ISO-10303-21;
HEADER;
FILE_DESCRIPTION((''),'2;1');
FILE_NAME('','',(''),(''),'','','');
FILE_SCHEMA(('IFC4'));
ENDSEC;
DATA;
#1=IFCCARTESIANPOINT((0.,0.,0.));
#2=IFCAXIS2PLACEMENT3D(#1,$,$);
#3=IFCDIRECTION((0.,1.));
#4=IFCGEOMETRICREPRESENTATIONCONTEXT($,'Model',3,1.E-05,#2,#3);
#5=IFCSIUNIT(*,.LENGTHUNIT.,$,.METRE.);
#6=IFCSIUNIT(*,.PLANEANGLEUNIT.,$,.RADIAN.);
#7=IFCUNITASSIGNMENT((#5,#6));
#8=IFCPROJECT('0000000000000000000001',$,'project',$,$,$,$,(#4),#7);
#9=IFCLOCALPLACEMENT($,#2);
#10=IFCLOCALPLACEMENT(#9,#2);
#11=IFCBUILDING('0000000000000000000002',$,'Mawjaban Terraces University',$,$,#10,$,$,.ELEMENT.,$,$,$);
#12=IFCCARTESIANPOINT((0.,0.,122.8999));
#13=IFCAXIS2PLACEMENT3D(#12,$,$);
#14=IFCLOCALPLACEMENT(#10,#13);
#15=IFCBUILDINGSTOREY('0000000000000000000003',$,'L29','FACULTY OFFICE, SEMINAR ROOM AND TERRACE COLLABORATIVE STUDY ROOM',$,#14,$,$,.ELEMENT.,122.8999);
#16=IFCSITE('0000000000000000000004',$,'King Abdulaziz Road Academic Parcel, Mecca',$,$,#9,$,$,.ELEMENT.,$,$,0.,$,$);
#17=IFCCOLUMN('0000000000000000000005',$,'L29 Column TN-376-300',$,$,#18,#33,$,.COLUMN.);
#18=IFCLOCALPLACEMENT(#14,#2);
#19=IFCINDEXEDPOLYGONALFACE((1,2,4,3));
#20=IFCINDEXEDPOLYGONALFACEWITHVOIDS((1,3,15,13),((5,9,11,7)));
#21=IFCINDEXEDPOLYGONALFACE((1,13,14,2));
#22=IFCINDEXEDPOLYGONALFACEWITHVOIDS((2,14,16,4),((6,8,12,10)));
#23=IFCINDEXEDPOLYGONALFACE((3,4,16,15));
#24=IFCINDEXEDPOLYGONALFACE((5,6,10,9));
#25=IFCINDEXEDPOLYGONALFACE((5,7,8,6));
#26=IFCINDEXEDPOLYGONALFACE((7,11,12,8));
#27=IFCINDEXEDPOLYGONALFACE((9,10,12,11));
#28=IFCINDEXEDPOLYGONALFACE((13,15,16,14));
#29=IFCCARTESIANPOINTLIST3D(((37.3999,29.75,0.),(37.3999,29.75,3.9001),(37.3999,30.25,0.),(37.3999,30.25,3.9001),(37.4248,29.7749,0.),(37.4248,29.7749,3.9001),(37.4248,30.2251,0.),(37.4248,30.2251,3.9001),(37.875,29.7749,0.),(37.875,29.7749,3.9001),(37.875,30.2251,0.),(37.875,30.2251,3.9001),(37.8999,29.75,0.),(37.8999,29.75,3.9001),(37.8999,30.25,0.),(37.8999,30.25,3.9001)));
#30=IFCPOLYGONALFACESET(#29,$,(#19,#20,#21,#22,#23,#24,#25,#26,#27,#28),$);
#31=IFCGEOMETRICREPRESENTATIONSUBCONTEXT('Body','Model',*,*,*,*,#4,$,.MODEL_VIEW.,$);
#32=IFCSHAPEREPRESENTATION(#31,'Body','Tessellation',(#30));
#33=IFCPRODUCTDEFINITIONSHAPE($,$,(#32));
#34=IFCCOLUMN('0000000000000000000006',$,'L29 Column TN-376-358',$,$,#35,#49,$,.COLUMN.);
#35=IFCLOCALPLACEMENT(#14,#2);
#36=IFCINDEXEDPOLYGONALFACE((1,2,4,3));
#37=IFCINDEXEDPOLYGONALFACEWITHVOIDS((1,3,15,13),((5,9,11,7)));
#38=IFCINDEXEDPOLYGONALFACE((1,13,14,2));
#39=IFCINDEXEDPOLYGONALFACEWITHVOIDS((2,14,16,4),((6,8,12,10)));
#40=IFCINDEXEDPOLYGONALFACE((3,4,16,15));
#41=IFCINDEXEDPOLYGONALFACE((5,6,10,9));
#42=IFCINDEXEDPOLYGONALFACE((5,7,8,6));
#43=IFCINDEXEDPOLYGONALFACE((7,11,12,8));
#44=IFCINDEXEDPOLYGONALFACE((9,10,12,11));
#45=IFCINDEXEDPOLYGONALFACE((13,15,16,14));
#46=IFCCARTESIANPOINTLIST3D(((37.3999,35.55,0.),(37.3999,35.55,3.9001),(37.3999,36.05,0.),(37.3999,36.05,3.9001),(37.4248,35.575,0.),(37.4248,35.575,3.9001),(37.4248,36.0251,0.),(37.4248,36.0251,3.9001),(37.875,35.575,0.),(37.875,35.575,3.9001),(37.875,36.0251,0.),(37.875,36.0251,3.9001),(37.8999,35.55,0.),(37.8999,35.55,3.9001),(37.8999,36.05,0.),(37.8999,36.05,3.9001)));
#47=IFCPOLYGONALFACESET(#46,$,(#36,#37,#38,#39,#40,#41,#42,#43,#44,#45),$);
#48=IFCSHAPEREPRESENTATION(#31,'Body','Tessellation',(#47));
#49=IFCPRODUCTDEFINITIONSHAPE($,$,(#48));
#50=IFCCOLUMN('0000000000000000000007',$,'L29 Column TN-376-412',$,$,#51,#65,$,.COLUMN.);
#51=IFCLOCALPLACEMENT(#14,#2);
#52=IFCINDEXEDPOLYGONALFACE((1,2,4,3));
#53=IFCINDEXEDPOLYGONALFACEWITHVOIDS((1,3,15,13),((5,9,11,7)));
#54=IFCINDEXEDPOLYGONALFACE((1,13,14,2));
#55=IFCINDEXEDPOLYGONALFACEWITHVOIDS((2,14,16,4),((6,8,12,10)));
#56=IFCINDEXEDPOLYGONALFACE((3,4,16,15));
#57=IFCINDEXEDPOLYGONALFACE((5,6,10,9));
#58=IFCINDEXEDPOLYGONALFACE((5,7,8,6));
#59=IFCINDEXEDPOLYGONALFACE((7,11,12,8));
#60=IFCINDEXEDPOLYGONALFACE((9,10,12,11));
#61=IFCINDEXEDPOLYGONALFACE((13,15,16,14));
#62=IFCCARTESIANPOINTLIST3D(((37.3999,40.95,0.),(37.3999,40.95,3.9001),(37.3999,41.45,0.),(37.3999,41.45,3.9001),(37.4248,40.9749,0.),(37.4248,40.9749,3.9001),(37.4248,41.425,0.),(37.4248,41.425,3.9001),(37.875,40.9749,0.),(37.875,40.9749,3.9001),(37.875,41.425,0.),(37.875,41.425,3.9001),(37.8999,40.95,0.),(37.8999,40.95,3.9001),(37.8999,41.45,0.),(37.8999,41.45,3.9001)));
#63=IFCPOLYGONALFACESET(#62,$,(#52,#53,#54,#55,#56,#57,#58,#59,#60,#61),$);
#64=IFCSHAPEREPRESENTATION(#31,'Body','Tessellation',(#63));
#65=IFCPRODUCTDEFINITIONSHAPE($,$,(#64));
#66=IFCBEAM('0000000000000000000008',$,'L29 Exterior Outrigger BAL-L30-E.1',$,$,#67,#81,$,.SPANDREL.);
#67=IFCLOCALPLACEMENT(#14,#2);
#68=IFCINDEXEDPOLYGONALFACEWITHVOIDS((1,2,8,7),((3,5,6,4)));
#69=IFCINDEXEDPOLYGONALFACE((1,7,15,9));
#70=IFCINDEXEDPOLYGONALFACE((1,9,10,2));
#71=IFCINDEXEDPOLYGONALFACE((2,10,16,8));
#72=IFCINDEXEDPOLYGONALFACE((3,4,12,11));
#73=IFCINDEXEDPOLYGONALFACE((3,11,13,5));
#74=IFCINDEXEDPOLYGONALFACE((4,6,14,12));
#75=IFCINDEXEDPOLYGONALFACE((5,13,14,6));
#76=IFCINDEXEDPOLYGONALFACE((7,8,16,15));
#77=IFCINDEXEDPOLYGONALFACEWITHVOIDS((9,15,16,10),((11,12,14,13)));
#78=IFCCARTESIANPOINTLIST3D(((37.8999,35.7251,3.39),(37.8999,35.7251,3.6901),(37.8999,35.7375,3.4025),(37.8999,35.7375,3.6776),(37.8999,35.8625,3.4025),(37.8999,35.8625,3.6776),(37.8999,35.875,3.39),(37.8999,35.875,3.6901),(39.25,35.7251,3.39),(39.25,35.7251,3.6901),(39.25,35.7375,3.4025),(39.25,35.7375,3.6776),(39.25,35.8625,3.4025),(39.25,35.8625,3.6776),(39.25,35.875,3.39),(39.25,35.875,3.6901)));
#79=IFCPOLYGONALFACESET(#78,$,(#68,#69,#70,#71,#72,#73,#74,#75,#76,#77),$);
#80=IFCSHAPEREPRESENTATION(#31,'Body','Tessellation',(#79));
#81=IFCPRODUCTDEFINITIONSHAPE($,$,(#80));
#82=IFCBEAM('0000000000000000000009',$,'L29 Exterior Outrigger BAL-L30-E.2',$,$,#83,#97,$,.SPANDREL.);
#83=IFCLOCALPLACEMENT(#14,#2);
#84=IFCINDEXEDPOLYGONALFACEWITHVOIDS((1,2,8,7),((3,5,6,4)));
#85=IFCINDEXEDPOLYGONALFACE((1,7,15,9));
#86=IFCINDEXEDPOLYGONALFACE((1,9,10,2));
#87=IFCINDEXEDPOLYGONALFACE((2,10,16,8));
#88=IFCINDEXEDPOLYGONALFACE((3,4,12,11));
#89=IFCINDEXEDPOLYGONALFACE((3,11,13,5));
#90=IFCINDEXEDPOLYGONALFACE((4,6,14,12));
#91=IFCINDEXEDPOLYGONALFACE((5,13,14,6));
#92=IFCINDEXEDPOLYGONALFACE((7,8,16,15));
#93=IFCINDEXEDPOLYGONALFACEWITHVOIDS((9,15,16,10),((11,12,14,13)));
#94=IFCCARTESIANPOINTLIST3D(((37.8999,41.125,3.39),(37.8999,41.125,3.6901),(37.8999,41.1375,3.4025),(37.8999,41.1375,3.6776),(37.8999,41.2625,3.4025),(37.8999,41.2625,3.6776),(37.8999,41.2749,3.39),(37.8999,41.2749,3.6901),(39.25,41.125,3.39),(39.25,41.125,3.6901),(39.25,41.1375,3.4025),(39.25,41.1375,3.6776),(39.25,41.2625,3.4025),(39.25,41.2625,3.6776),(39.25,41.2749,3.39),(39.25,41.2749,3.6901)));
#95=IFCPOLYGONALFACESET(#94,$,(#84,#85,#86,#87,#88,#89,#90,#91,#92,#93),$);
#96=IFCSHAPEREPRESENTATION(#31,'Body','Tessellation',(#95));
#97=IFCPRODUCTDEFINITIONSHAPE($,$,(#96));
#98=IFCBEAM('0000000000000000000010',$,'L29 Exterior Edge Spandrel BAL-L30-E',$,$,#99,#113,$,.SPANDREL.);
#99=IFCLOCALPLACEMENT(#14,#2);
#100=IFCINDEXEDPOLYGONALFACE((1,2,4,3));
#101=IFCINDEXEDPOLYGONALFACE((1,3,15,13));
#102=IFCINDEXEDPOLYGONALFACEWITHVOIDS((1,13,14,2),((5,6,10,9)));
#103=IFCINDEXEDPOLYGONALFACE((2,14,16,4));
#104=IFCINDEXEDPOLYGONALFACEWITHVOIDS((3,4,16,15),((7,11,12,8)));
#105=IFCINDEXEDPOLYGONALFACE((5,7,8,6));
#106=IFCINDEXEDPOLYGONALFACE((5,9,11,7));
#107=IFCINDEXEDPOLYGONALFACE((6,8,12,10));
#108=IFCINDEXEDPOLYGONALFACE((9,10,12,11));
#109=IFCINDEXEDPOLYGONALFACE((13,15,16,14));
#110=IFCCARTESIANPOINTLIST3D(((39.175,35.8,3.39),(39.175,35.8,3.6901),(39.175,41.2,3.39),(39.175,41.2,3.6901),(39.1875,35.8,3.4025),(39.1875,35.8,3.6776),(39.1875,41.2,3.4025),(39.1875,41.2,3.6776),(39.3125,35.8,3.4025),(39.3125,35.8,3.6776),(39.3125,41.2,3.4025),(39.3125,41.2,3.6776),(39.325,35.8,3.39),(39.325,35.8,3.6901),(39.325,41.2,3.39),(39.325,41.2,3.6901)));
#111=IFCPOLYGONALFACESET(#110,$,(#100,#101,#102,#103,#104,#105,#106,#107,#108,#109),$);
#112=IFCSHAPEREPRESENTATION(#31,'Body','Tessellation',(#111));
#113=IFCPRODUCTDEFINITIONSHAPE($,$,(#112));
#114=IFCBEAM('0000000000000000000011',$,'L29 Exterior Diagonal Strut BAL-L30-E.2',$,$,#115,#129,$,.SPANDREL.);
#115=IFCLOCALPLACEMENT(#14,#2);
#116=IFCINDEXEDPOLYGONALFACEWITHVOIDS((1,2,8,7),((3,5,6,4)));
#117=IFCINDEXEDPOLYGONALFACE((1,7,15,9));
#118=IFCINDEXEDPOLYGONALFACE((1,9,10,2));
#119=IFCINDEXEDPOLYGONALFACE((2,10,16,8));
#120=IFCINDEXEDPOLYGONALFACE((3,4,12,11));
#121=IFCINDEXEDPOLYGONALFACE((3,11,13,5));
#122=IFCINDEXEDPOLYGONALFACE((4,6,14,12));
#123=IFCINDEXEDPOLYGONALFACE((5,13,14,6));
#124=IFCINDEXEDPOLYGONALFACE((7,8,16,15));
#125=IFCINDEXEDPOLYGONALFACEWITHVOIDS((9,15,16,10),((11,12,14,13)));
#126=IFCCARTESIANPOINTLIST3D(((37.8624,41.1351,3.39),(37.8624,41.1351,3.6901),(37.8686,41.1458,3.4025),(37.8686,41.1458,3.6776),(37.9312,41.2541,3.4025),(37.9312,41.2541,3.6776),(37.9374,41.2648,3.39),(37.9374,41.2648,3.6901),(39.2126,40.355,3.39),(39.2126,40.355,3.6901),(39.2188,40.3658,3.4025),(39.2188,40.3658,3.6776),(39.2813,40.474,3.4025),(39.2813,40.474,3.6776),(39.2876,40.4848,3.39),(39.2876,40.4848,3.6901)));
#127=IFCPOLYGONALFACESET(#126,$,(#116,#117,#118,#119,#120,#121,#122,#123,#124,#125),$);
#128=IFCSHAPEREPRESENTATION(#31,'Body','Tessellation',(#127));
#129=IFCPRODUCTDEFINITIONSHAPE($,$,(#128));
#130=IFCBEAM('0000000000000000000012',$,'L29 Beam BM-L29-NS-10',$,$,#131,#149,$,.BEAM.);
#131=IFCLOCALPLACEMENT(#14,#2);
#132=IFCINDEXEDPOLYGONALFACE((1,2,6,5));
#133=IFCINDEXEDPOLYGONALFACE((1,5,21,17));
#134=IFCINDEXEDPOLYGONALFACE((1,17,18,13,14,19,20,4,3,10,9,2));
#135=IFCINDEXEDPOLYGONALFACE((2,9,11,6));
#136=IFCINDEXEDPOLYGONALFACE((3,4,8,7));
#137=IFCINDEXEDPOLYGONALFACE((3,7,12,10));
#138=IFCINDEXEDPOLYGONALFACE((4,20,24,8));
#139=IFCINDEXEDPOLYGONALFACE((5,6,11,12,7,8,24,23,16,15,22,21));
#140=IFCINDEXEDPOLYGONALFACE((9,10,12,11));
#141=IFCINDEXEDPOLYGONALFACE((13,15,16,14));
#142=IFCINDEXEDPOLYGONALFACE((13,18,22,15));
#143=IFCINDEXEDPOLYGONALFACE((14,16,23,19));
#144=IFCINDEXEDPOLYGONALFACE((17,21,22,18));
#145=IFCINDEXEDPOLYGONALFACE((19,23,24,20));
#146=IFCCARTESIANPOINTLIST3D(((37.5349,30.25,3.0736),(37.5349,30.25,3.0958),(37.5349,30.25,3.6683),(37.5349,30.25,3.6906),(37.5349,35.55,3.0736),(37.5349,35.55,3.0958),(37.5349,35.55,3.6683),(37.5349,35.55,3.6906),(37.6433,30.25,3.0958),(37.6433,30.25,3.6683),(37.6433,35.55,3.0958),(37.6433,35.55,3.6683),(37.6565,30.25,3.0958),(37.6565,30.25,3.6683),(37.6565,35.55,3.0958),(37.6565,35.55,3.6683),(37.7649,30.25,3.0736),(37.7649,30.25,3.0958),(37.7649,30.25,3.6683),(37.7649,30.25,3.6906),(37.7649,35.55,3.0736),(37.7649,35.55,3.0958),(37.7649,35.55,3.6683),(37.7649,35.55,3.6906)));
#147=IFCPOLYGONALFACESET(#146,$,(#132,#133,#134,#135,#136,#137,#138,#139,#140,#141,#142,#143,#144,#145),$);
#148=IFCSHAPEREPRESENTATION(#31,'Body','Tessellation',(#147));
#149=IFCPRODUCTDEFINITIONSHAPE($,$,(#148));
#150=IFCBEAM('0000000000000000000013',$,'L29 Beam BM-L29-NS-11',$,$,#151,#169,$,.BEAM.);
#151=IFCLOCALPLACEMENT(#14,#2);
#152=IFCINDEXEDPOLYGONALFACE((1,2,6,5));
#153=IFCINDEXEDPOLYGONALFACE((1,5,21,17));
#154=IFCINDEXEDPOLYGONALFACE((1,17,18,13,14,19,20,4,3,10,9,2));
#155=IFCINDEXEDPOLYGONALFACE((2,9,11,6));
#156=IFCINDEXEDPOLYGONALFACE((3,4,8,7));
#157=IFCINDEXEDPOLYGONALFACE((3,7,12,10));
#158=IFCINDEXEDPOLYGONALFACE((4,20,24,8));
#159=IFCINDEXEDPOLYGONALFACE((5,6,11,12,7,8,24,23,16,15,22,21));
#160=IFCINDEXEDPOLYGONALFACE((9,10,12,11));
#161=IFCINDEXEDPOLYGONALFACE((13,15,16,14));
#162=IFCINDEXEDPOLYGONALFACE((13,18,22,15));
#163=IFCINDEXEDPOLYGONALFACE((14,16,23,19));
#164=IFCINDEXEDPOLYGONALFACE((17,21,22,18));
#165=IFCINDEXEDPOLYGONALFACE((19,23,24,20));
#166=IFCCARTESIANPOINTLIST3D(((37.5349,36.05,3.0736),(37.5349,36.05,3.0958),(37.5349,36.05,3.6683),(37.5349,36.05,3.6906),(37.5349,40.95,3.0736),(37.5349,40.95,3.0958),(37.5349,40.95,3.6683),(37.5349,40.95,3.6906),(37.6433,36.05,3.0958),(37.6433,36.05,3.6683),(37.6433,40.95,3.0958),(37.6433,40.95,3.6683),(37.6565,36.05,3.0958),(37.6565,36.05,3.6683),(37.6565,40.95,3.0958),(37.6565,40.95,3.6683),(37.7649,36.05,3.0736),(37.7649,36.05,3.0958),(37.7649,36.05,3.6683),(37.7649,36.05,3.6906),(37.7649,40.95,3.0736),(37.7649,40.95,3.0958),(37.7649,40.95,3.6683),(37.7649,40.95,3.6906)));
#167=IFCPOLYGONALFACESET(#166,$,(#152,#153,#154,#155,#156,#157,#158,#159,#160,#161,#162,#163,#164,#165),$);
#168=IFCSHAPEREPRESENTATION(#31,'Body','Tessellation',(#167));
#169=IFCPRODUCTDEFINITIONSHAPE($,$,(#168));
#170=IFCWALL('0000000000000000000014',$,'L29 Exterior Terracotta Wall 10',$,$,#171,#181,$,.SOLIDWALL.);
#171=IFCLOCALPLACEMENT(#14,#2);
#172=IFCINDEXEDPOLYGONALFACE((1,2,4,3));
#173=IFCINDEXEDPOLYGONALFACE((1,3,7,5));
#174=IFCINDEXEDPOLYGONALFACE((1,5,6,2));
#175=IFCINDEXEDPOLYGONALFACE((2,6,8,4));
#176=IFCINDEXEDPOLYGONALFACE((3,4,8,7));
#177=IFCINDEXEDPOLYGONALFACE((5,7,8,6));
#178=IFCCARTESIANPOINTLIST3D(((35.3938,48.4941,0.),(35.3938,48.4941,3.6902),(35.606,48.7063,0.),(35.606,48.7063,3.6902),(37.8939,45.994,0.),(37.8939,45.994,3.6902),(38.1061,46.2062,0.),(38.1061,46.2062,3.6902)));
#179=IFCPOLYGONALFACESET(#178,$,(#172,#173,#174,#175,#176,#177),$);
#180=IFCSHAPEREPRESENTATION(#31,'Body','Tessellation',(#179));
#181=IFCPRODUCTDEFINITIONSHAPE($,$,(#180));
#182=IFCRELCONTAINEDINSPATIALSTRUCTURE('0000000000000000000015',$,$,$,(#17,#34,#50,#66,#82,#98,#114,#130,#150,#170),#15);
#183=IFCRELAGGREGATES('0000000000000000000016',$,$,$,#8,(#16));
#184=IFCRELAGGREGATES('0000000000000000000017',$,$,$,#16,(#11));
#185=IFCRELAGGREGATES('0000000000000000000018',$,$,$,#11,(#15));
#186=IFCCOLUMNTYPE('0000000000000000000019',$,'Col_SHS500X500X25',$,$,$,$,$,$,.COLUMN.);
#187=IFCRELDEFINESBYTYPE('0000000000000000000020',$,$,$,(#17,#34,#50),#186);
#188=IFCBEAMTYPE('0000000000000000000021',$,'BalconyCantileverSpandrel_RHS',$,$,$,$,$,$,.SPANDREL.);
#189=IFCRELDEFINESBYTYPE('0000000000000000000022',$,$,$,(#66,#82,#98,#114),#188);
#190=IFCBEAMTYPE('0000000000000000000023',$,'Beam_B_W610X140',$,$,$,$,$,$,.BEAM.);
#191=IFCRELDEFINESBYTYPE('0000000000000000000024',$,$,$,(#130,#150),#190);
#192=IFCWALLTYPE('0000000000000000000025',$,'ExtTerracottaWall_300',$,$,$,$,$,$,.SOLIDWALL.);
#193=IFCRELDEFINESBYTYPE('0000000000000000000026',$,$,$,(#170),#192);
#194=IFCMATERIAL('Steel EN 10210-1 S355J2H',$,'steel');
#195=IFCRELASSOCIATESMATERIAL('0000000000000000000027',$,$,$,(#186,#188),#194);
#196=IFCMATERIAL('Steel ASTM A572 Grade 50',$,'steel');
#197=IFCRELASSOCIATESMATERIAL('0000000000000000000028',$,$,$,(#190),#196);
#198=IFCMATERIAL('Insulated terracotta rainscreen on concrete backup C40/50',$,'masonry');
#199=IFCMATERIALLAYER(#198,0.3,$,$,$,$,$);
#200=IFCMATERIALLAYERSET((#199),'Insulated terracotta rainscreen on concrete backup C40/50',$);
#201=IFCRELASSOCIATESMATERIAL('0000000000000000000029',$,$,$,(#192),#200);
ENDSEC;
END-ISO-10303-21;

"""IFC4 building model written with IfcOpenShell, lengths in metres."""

from ifc_helpers import new_model, si_unit, direction, frame, frame_2d, origin, origin_2d, place, context, subcontext, project, spatial, rectangle, hollow_rectangle, i_section, extrude, material, layer, layer_set, material_profile, profile_set, type_object, element, save


model = new_model("IFC4")

# Units and contexts
model_context = context("Model", 3, precision=1e-05, world=origin(), true_north=direction((0.0, 1.0)))
body_context = subcontext(model_context, "Body", "Model", "MODEL_VIEW")
ifc_project = project(units=[si_unit("LENGTHUNIT", "METRE"), si_unit("PLANEANGLEUNIT", "RADIAN")], contexts=[model_context])

# Site, building, storey
site_placement = place(None, origin())
site = spatial("IfcSite", under=ifc_project, at=site_placement, Name="King Abdulaziz Road Academic Parcel, Mecca", CompositionType="ELEMENT", RefElevation=0.0)
building_placement = place(site_placement, origin())
building = spatial("IfcBuilding", under=site, at=building_placement, Name="Mawjaban Terraces University", CompositionType="ELEMENT")
storey_placement = place(building_placement, frame((0.0, 0.0, 122.8999)))
storey = spatial("IfcBuildingStorey", under=building, at=storey_placement, Name="L29", Description="FACULTY OFFICE, SEMINAR ROOM AND TERRACE COLLABORATIVE STUDY ROOM", CompositionType="ELEMENT", Elevation=122.8999)

# Columns
ifc_material_1 = material(Name="Steel EN 10210-1 S355J2H", Category="steel")
ifc_material_profile_1 = material_profile(ifc_material_1, hollow_rectangle(XDim=0.5, YDim=0.5, WallThickness=0.0249, at=origin_2d()), Name="SHS500X500X25")
ifc_profile_set_1 = profile_set([ifc_material_profile_1], Name="Steel EN 10210-1 S355J2H")
column_type = type_object("IfcColumnType", Name="Col_SHS500X500X25", PredefinedType="COLUMN", material=ifc_profile_set_1)
for number, where, z_axis, x_axis, name in (
    (1, (37.6499, 30.0, 0.0), (0.0, 0.0, 1.0), (1.0, 0.0, 0.0), "L29 Column TN-376-300"),
    (2, (37.6499, 35.8, 0.0), (0.0, 0.0, 1.0), (1.0, 0.0, 0.0), "L29 Column TN-376-358"),
    (3, (37.6499, 41.2, 0.0), (0.0, 0.0, 1.0), (1.0, 0.0, 0.0), "L29 Column TN-376-412"),
):
    element("IfcColumn", number, at=place(storey_placement, frame(where, z_axis=z_axis, x_axis=x_axis)), inside=storey, type_object=column_type, Name=name, PredefinedType="COLUMN", context=body_context, shape_type="SweptSolid", body=[
        extrude(hollow_rectangle(XDim=0.5, YDim=0.5, WallThickness=0.0249, at=origin_2d()), origin(), (0.0, 0.0, 1.0), 3.9001),
    ])

# Beams
ifc_material_profile_2 = material_profile(ifc_material_1, hollow_rectangle(XDim=0.1499, YDim=0.3, WallThickness=0.0125, at=origin_2d()), Name="RHS300X150X12.5")
ifc_profile_set_2 = profile_set([ifc_material_profile_2], Name="Steel EN 10210-1 S355J2H")
beam_type_1 = type_object("IfcBeamType", Name="BalconyCantileverSpandrel_RHS", PredefinedType="SPANDREL", material=ifc_profile_set_2)
for number, where, z_axis, x_axis, name in (
    (4, (37.8999, 35.8, 3.54), (1.0, 0.0, 0.0), (0.0, 1.0, 0.0), "L29 Exterior Outrigger BAL-L30-E.1"),
    (5, (37.8999, 41.2, 3.54), (1.0, 0.0, 0.0), (0.0, 1.0, 0.0), "L29 Exterior Outrigger BAL-L30-E.2"),
):
    element("IfcBeam", number, at=place(storey_placement, frame(where, z_axis=z_axis, x_axis=x_axis)), inside=storey, type_object=beam_type_1, Name=name, PredefinedType="SPANDREL", context=body_context, shape_type="SweptSolid", body=[
        extrude(hollow_rectangle(XDim=0.1499, YDim=0.3, WallThickness=0.0125, at=origin_2d()), origin(), (0.0, 0.0, 1.0), 1.3501),
    ])
beam_1_placement = place(storey_placement, frame((39.25, 35.8, 3.54), z_axis=(0.0, 1.0, 0.0), x_axis=(-1.0, 0.0, 0.0)))
element("IfcBeam", 6, at=beam_1_placement, inside=storey, type_object=beam_type_1, Name="L29 Exterior Edge Spandrel BAL-L30-E", PredefinedType="SPANDREL", context=body_context, shape_type="SweptSolid", body=[
    extrude(hollow_rectangle(XDim=0.1499, YDim=0.3, WallThickness=0.0125, at=origin_2d()), origin(), (0.0, 0.0, 1.0), 5.3999),
])
beam_2_placement = place(storey_placement, frame((37.8999, 41.2, 3.54), z_axis=(0.865873, -0.500265, 0.0), x_axis=(0.500265, 0.865873, 0.0)))
element("IfcBeam", 7, at=beam_2_placement, inside=storey, type_object=beam_type_1, Name="L29 Exterior Diagonal Strut BAL-L30-E.2", PredefinedType="SPANDREL", context=body_context, shape_type="SweptSolid", body=[
    extrude(hollow_rectangle(XDim=0.1499, YDim=0.3, WallThickness=0.0125, at=origin_2d()), origin(), (0.0, 0.0, 1.0), 1.5593),
])
ifc_material_2 = material(Name="Steel ASTM A572 Grade 50", Category="steel")
ifc_material_profile_3 = material_profile(ifc_material_2, i_section(OverallWidth=0.23, OverallDepth=0.6169, WebThickness=0.0132, FlangeThickness=0.0222, at=origin_2d()), Name="W610X140")
ifc_profile_set_3 = profile_set([ifc_material_profile_3], Name="Steel ASTM A572 Grade 50")
beam_type_2 = type_object("IfcBeamType", Name="Beam_B_W610X140", PredefinedType="BEAM", material=ifc_profile_set_3)
beam_3_placement = place(storey_placement, frame((37.6499, 30.25, 3.3821), z_axis=(0.0, 1.0, 0.0), x_axis=(-1.0, 0.0, 0.0)))
element("IfcBeam", 8, at=beam_3_placement, inside=storey, type_object=beam_type_2, Name="L29 Beam BM-L29-NS-10", PredefinedType="BEAM", context=body_context, shape_type="SweptSolid", body=[
    extrude(i_section(OverallWidth=0.23, OverallDepth=0.6169, WebThickness=0.0132, FlangeThickness=0.0222, at=origin_2d()), origin(), (0.0, 0.0, 1.0), 5.3),
])
beam_4_placement = place(storey_placement, frame((37.6499, 36.05, 3.3821), z_axis=(0.0, 1.0, 0.0), x_axis=(-1.0, 0.0, 0.0)))
element("IfcBeam", 9, at=beam_4_placement, inside=storey, type_object=beam_type_2, Name="L29 Beam BM-L29-NS-11", PredefinedType="BEAM", context=body_context, shape_type="SweptSolid", body=[
    extrude(i_section(OverallWidth=0.23, OverallDepth=0.6169, WebThickness=0.0132, FlangeThickness=0.0222, at=origin_2d()), origin(), (0.0, 0.0, 1.0), 4.8999),
])

# Wall
ifc_material_3 = material(Name="Insulated terracotta rainscreen on concrete backup C40/50", Category="masonry")
ifc_layer_1 = layer(ifc_material_3, 0.3)
ifc_layer_set_1 = layer_set([ifc_layer_1], Name="Insulated terracotta rainscreen on concrete backup C40/50")
wall_type = type_object("IfcWallType", Name="ExtTerracottaWall_300", PredefinedType="SOLIDWALL", material=ifc_layer_set_1)
wall_placement = place(storey_placement, frame((38.0, 46.1001, 0.0), z_axis=(0.0, 0.0, 1.0), x_axis=(-0.707107, 0.707107, 0.0)))
element("IfcWall", 10, at=wall_placement, inside=storey, type_object=wall_type, Name="L29 Exterior Terracotta Wall 10", PredefinedType="SOLIDWALL", context=body_context, shape_type="SweptSolid", body=[
    extrude(rectangle(XDim=3.5356, YDim=0.3, at=frame_2d((1.7678, 0.0))), origin(), (0.0, 0.0, 1.0), 3.6902),
])

save(model, "model.ifc")
